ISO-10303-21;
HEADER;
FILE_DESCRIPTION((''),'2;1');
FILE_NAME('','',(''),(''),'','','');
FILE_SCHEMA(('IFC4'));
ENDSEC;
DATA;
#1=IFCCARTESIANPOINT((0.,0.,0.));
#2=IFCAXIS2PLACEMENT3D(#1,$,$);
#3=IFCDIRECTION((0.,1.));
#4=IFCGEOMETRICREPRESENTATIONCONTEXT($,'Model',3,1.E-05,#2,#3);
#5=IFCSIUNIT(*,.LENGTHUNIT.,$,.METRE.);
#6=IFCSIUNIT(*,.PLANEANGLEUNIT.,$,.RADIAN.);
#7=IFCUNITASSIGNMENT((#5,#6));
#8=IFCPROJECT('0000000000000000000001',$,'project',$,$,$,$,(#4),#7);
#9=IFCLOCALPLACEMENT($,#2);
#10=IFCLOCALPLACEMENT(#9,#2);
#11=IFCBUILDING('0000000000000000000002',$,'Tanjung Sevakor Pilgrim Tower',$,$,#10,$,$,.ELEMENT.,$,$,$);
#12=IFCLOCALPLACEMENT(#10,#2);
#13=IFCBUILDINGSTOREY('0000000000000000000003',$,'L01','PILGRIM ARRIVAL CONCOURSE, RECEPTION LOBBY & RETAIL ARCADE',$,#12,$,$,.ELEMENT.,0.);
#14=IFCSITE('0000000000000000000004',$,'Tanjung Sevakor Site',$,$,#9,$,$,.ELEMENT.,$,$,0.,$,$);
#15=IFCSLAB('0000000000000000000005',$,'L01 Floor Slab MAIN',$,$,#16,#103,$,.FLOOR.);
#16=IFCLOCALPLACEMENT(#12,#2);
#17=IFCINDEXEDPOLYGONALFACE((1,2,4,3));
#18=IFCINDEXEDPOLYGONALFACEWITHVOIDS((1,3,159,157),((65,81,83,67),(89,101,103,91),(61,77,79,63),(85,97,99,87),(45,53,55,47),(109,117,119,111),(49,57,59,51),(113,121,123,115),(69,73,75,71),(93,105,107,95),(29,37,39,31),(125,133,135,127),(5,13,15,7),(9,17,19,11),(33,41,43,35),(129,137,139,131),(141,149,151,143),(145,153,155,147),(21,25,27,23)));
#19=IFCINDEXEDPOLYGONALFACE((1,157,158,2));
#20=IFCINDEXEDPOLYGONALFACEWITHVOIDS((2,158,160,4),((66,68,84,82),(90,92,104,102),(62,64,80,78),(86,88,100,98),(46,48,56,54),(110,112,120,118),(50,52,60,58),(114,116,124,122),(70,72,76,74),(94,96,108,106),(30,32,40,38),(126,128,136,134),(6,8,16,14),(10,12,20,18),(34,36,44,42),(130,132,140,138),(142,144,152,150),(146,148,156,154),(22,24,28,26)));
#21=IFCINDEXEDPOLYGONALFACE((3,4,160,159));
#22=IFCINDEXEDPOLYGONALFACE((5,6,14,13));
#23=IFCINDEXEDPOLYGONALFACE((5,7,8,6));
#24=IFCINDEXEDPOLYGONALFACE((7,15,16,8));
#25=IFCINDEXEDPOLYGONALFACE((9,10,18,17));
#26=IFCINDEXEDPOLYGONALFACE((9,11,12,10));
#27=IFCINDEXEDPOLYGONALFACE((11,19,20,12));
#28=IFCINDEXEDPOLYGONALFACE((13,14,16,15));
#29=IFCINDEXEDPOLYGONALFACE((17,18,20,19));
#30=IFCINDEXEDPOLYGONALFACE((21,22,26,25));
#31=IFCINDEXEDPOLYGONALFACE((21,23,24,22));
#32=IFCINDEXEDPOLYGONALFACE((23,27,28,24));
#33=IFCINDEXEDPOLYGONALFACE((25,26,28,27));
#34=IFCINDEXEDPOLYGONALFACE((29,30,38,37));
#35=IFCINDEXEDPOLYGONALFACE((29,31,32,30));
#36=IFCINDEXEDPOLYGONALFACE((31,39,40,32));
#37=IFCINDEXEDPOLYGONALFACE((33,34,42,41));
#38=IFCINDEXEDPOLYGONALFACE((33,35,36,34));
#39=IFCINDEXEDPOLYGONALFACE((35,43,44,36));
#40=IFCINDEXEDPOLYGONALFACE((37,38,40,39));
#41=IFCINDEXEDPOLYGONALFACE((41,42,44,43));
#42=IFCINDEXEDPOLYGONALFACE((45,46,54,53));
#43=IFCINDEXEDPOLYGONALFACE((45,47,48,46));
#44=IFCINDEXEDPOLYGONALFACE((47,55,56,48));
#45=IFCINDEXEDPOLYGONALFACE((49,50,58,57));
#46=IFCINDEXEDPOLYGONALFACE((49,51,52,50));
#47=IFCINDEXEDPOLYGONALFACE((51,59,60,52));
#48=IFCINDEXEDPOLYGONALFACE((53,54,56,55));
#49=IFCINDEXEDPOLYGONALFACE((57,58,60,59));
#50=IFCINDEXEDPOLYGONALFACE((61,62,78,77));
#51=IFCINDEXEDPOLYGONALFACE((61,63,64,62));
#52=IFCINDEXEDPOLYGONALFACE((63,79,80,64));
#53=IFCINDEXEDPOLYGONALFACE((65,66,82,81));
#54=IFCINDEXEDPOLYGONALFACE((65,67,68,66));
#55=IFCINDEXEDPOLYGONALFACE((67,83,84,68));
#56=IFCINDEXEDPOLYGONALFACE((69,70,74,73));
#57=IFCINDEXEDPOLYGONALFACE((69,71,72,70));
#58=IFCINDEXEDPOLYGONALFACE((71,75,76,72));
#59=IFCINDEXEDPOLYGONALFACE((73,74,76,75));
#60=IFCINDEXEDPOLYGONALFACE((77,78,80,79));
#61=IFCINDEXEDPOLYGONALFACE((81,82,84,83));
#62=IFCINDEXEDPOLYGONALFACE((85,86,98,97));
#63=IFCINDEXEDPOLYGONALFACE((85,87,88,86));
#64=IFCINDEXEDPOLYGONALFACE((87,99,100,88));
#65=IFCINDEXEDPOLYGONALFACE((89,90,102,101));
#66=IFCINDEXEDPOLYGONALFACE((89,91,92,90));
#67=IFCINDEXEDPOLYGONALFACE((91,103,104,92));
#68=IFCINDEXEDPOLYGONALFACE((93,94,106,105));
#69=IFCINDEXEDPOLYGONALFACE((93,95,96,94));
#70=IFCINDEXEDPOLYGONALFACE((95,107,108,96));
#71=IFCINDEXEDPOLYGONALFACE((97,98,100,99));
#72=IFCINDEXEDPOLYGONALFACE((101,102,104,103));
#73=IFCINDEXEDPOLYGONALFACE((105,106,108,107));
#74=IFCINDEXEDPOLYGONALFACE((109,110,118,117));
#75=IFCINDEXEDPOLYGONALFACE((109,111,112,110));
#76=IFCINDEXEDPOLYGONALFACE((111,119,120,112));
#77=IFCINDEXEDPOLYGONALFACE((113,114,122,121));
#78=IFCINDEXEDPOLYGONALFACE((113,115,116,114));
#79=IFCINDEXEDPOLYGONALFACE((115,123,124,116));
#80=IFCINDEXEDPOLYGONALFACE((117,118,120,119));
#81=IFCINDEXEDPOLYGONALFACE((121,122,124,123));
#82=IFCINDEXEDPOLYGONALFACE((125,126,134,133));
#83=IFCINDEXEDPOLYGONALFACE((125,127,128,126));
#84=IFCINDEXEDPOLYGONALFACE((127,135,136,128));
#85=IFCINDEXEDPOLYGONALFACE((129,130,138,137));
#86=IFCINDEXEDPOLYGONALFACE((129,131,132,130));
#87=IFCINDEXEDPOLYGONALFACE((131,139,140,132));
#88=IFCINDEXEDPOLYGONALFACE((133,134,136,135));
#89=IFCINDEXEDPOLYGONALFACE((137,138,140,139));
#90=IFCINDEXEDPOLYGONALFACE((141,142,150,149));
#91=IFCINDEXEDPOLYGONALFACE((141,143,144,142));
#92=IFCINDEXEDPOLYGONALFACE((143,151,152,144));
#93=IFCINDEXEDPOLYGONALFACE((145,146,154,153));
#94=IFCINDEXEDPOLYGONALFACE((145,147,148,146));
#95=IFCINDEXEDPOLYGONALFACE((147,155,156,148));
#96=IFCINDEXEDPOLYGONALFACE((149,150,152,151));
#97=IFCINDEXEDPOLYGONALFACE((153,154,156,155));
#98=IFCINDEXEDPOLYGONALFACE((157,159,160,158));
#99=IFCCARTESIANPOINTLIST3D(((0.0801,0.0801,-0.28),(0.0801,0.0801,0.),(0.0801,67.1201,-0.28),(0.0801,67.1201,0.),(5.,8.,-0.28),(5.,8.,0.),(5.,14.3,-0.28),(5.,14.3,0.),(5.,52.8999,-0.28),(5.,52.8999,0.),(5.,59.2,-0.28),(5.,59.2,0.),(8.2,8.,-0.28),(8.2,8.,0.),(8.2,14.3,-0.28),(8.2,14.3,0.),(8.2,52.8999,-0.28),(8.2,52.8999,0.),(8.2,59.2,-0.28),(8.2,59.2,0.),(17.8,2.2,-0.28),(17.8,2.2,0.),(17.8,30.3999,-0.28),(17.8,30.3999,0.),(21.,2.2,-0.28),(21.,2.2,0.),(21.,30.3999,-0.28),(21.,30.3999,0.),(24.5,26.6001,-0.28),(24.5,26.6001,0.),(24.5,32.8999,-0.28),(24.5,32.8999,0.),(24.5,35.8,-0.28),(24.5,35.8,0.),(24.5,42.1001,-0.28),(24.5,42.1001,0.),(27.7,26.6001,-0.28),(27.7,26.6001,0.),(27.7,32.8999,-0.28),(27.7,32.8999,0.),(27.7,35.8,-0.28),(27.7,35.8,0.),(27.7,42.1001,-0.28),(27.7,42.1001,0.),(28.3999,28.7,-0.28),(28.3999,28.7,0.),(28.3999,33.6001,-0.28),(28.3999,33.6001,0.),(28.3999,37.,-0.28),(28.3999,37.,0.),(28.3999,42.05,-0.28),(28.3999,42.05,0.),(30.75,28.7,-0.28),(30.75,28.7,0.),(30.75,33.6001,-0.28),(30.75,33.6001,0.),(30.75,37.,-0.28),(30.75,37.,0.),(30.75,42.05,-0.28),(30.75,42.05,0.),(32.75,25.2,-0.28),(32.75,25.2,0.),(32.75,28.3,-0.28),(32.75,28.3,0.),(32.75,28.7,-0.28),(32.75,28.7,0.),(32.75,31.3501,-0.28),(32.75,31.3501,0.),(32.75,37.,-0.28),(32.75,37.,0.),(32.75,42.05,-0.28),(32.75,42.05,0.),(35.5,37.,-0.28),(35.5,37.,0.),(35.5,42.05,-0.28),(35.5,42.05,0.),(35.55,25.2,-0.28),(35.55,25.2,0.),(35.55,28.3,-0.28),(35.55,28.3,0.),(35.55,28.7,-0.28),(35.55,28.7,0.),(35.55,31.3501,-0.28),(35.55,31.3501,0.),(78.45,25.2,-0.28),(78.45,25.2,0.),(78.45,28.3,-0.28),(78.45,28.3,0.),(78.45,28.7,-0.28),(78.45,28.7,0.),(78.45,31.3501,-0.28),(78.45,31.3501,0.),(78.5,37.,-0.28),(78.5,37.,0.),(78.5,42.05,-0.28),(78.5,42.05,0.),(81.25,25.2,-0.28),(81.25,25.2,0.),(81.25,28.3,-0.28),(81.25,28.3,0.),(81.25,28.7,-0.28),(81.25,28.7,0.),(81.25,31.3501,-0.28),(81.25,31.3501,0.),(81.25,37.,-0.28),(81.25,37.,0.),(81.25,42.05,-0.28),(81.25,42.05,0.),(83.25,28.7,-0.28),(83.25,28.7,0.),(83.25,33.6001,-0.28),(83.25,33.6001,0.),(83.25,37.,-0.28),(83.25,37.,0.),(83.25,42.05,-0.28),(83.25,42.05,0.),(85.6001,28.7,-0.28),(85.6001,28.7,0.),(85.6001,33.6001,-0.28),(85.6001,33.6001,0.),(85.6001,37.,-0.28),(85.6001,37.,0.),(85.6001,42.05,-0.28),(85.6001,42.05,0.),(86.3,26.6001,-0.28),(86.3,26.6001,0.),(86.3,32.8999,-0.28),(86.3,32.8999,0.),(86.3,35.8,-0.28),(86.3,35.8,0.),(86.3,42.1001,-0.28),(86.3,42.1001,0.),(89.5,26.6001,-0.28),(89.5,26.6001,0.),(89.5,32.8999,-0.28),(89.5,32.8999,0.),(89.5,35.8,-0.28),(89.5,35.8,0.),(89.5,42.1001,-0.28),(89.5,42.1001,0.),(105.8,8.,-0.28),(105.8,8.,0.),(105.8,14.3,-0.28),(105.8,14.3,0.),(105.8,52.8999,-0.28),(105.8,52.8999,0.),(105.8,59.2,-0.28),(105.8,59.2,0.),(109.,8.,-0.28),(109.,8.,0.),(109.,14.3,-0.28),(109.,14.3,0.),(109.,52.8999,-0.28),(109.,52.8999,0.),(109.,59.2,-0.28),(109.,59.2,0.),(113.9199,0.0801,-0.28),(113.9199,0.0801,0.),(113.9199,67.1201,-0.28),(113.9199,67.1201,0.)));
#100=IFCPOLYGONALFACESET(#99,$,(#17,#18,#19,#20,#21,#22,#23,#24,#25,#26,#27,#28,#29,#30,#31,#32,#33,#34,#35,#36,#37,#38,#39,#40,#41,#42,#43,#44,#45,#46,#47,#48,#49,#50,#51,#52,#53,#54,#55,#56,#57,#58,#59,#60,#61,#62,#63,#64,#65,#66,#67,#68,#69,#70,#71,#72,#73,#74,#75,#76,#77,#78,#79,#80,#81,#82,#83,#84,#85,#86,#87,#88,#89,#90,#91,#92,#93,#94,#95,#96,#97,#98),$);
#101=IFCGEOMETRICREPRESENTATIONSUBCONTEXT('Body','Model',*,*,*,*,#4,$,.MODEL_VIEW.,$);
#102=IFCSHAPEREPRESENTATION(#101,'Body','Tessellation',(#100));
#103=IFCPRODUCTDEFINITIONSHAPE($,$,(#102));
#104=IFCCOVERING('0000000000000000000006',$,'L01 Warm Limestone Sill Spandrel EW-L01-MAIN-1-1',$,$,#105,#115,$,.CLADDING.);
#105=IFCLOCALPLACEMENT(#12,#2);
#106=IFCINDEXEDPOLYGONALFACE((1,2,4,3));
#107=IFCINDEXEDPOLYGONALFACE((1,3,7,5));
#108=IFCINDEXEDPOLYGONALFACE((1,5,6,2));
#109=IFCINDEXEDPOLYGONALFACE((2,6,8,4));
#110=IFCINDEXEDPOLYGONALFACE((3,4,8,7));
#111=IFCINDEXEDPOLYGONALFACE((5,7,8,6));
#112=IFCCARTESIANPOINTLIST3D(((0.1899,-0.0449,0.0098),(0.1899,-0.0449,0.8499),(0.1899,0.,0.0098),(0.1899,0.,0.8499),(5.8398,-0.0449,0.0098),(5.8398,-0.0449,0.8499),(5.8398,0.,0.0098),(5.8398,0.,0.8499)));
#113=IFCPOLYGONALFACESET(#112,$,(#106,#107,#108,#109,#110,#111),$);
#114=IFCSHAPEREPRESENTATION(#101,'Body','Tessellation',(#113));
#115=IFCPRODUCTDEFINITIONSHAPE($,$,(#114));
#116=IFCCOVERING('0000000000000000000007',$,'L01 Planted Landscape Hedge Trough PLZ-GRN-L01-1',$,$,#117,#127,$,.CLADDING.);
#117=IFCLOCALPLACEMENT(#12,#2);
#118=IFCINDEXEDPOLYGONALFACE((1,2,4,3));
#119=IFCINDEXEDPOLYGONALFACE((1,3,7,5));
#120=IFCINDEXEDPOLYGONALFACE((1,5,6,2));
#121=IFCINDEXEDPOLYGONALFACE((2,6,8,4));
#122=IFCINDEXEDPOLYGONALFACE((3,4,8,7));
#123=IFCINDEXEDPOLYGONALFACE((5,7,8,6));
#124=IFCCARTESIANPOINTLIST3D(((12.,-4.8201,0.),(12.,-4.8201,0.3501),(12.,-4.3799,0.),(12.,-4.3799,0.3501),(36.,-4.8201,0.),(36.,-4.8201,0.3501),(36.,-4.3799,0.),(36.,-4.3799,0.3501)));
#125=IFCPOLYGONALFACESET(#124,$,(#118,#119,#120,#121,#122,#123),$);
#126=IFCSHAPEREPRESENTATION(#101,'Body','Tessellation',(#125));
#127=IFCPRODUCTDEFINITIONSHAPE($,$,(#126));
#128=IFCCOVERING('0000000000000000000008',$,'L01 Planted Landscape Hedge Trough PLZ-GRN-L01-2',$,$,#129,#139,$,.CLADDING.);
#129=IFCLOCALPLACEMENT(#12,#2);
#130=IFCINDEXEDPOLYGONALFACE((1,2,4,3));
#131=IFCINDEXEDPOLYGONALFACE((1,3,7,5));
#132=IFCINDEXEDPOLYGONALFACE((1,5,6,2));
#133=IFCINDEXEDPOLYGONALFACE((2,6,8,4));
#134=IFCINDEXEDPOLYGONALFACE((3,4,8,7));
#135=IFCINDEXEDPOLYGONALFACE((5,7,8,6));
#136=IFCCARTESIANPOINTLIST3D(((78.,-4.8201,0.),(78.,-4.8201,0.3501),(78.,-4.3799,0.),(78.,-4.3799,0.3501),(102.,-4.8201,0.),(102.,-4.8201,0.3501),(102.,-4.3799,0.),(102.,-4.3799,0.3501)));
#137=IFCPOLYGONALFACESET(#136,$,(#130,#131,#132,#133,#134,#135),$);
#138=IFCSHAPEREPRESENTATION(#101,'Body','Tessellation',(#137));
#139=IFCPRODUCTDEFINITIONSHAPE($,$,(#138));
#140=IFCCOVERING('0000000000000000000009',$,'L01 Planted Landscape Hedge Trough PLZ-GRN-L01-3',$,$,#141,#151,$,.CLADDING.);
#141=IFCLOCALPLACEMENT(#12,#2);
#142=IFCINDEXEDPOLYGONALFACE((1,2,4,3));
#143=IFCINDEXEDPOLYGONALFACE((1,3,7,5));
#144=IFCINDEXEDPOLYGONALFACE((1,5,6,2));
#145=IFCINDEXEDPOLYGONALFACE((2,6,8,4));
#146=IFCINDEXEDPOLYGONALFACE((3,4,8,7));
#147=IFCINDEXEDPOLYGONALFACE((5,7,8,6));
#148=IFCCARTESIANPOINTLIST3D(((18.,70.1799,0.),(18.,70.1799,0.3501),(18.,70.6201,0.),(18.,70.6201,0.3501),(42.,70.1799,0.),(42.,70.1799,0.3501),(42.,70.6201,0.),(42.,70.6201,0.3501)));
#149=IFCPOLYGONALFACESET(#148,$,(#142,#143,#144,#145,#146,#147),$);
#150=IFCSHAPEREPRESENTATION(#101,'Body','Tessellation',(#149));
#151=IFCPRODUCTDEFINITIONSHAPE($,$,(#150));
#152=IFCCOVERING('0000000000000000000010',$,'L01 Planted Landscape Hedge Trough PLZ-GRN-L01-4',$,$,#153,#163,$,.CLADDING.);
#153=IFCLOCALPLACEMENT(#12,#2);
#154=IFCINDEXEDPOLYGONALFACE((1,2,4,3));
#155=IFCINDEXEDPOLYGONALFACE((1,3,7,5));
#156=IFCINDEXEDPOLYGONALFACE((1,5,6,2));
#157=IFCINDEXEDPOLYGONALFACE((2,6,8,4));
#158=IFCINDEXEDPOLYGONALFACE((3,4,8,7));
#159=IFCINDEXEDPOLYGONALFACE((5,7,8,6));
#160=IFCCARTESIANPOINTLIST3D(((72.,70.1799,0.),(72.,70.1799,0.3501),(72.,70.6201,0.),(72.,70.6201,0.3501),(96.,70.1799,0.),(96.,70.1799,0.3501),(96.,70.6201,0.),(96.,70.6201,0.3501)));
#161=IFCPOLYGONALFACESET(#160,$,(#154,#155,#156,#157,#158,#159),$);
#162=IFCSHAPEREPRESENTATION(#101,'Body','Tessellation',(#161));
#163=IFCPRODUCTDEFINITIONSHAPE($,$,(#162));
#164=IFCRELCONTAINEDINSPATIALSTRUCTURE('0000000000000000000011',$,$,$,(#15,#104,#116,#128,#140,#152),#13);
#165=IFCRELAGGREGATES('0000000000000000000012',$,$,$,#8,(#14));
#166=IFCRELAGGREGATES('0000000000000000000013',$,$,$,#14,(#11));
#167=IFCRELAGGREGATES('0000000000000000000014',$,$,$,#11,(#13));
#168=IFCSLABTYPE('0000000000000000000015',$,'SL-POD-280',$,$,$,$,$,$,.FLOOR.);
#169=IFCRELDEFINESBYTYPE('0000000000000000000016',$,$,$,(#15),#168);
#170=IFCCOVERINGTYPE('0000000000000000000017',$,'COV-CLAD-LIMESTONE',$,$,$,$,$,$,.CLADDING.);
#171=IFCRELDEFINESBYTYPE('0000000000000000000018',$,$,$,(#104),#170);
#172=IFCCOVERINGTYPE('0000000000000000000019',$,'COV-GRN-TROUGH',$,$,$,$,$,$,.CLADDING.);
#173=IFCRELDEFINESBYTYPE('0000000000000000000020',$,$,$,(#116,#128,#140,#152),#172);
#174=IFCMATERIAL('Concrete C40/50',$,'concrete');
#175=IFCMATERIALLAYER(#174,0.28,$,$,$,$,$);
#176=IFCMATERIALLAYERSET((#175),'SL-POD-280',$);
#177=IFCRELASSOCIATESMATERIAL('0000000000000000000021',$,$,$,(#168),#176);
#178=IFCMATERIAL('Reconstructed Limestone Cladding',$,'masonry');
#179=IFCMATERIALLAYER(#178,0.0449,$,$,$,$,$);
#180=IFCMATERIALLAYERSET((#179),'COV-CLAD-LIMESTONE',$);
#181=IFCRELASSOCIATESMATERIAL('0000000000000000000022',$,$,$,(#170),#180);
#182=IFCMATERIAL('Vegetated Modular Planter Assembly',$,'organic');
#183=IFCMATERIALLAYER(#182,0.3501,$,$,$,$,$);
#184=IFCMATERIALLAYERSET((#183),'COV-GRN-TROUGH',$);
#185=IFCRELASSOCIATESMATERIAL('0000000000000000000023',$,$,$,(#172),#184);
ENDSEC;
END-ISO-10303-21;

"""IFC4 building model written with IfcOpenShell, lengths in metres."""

from ifc_helpers import new_model, si_unit, direction, frame, origin, origin_2d, place, context, subcontext, project, spatial, polyline, rectangle, outline, extrude, material, layer, layer_set, type_object, element, save


model = new_model("IFC4")

# Units and contexts
model_context = context("Model", 3, precision=1e-05, world=origin(), true_north=direction((0.0, 1.0)))
body_context = subcontext(model_context, "Body", "Model", "MODEL_VIEW")
ifc_project = project(units=[si_unit("LENGTHUNIT", "METRE"), si_unit("PLANEANGLEUNIT", "RADIAN")], contexts=[model_context])

# Site, building, storey
site_placement = place(None, origin())
site = spatial("IfcSite", under=ifc_project, at=site_placement, Name="Tanjung Sevakor Site", CompositionType="ELEMENT", RefElevation=0.0)
building_placement = place(site_placement, origin())
building = spatial("IfcBuilding", under=site, at=building_placement, Name="Tanjung Sevakor Pilgrim Tower", CompositionType="ELEMENT")
storey_placement = place(building_placement, origin())
storey = spatial("IfcBuildingStorey", under=building, at=storey_placement, Name="L01", Description="PILGRIM ARRIVAL CONCOURSE, RECEPTION LOBBY & RETAIL ARCADE", CompositionType="ELEMENT", Elevation=0.0)

# Slab
ifc_material_1 = material(Name="Concrete C40/50", Category="concrete")
ifc_layer_1 = layer(ifc_material_1, 0.28)
ifc_layer_set_1 = layer_set([ifc_layer_1], Name="SL-POD-280")
slab_type_1 = type_object("IfcSlabType", Name="SL-POD-280", PredefinedType="FLOOR", material=ifc_layer_set_1)
slab_1_placement = place(storey_placement, frame((0.0, 0.0, -0.28)))
element("IfcSlab", 1, at=slab_1_placement, inside=storey, type_object=slab_type_1, Name="L01 Floor Slab MAIN", PredefinedType="FLOOR", context=body_context, shape_type="SweptSolid", body=[
    extrude(outline(polyline([(0.0801, 0.0801), (113.9199, 0.0801), (113.9199, 67.1201), (0.0801, 67.1201), (0.0801, 0.0801)]), holes=[polyline([(27.7, 26.6001), (27.7, 32.8999), (24.5, 32.8999), (24.5, 26.6001), (27.7, 26.6001)]), polyline([(27.7, 35.8), (27.7, 42.1001), (24.5, 42.1001), (24.5, 35.8), (27.7, 35.8)]), polyline([(89.5, 26.6001), (89.5, 32.8999), (86.3, 32.8999), (86.3, 26.6001), (89.5, 26.6001)]), polyline([(89.5, 35.8), (89.5, 42.1001), (86.3, 42.1001), (86.3, 35.8), (89.5, 35.8)]), polyline([(5.0, 14.3), (5.0, 8.0), (8.2, 8.0), (8.2, 14.3), (5.0, 14.3)]), polyline([(8.2, 52.8999), (8.2, 59.2), (5.0, 59.2), (5.0, 52.8999), (8.2, 52.8999)]), polyline([(105.8, 14.3), (105.8, 8.0), (109.0, 8.0), (109.0, 14.3), (105.8, 14.3)]), polyline([(109.0, 52.8999), (109.0, 59.2), (105.8, 59.2), (105.8, 52.8999), (109.0, 52.8999)]), polyline([(32.75, 25.2), (35.55, 25.2), (35.55, 28.3), (32.75, 28.3), (32.75, 25.2)]), polyline([(32.75, 28.7), (35.55, 28.7), (35.55, 31.3501), (32.75, 31.3501), (32.75, 28.7)]), polyline([(28.3999, 28.7), (30.75, 28.7), (30.75, 33.6001), (28.3999, 33.6001), (28.3999, 28.7)]), polyline([(28.3999, 37.0), (30.75, 37.0), (30.75, 42.05), (28.3999, 42.05), (28.3999, 37.0)]), polyline([(32.75, 37.0), (35.5, 37.0), (35.5, 42.05), (32.75, 42.05), (32.75, 37.0)]), polyline([(78.45, 25.2), (81.25, 25.2), (81.25, 28.3), (78.45, 28.3), (78.45, 25.2)]), polyline([(78.45, 28.7), (81.25, 28.7), (81.25, 31.3501), (78.45, 31.3501), (78.45, 28.7)]), polyline([(83.25, 28.7), (85.6001, 28.7), (85.6001, 33.6001), (83.25, 33.6001), (83.25, 28.7)]), polyline([(83.25, 37.0), (85.6001, 37.0), (85.6001, 42.05), (83.25, 42.05), (83.25, 37.0)]), polyline([(78.5, 37.0), (81.25, 37.0), (81.25, 42.05), (78.5, 42.05), (78.5, 37.0)]), polyline([(17.8, 2.2), (21.0, 2.2), (21.0, 30.3999), (17.8, 30.3999), (17.8, 2.2)])]), origin(), (0.0, 0.0, 1.0), 0.28),
])

# Coverings
ifc_material_2 = material(Name="Reconstructed Limestone Cladding", Category="masonry")
ifc_layer_2 = layer(ifc_material_2, 0.0449)
ifc_layer_set_2 = layer_set([ifc_layer_2], Name="COV-CLAD-LIMESTONE")
covering_type_1 = type_object("IfcCoveringType", Name="COV-CLAD-LIMESTONE", PredefinedType="CLADDING", material=ifc_layer_set_2)
covering_1_placement = place(storey_placement, frame((3.0149, -0.0225, 0.0098), z_axis=(0.0, 0.0, 1.0), x_axis=(1.0, 0.0, 0.0)))
element("IfcCovering", 2, at=covering_1_placement, inside=storey, type_object=covering_type_1, Name="L01 Warm Limestone Sill Spandrel EW-L01-MAIN-1-1", PredefinedType="CLADDING", context=body_context, shape_type="SweptSolid", body=[
    extrude(rectangle(XDim=5.6499, YDim=0.0449, at=origin_2d()), origin(), (0.0, 0.0, 1.0), 0.8401),
])
ifc_material_3 = material(Name="Vegetated Modular Planter Assembly", Category="organic")
ifc_layer_3 = layer(ifc_material_3, 0.3501)
ifc_layer_set_3 = layer_set([ifc_layer_3], Name="COV-GRN-TROUGH")
covering_type_2 = type_object("IfcCoveringType", Name="COV-GRN-TROUGH", PredefinedType="CLADDING", material=ifc_layer_set_3)
covering_2_placement = place(storey_placement, origin())
element("IfcCovering", 3, at=covering_2_placement, inside=storey, type_object=covering_type_2, Name="L01 Planted Landscape Hedge Trough PLZ-GRN-L01-1", PredefinedType="CLADDING", context=body_context, shape_type="SweptSolid", body=[
    extrude(outline(polyline([(12.0, -4.8201), (36.0, -4.8201), (36.0, -4.3799), (12.0, -4.3799), (12.0, -4.8201)])), origin(), (0.0, 0.0, 1.0), 0.3501),
])
covering_3_placement = place(storey_placement, origin())
element("IfcCovering", 4, at=covering_3_placement, inside=storey, type_object=covering_type_2, Name="L01 Planted Landscape Hedge Trough PLZ-GRN-L01-2", PredefinedType="CLADDING", context=body_context, shape_type="SweptSolid", body=[
    extrude(outline(polyline([(78.0, -4.8201), (102.0, -4.8201), (102.0, -4.3799), (78.0, -4.3799), (78.0, -4.8201)])), origin(), (0.0, 0.0, 1.0), 0.3501),
])
covering_4_placement = place(storey_placement, origin())
element("IfcCovering", 5, at=covering_4_placement, inside=storey, type_object=covering_type_2, Name="L01 Planted Landscape Hedge Trough PLZ-GRN-L01-3", PredefinedType="CLADDING", context=body_context, shape_type="SweptSolid", body=[
    extrude(outline(polyline([(18.0, 70.1799), (42.0, 70.1799), (42.0, 70.6201), (18.0, 70.6201), (18.0, 70.1799)])), origin(), (0.0, 0.0, 1.0), 0.3501),
])
covering_5_placement = place(storey_placement, origin())
element("IfcCovering", 6, at=covering_5_placement, inside=storey, type_object=covering_type_2, Name="L01 Planted Landscape Hedge Trough PLZ-GRN-L01-4", PredefinedType="CLADDING", context=body_context, shape_type="SweptSolid", body=[
    extrude(outline(polyline([(72.0, 70.1799), (96.0, 70.1799), (96.0, 70.6201), (72.0, 70.6201), (72.0, 70.1799)])), origin(), (0.0, 0.0, 1.0), 0.3501),
])

save(model, "model.ifc")
